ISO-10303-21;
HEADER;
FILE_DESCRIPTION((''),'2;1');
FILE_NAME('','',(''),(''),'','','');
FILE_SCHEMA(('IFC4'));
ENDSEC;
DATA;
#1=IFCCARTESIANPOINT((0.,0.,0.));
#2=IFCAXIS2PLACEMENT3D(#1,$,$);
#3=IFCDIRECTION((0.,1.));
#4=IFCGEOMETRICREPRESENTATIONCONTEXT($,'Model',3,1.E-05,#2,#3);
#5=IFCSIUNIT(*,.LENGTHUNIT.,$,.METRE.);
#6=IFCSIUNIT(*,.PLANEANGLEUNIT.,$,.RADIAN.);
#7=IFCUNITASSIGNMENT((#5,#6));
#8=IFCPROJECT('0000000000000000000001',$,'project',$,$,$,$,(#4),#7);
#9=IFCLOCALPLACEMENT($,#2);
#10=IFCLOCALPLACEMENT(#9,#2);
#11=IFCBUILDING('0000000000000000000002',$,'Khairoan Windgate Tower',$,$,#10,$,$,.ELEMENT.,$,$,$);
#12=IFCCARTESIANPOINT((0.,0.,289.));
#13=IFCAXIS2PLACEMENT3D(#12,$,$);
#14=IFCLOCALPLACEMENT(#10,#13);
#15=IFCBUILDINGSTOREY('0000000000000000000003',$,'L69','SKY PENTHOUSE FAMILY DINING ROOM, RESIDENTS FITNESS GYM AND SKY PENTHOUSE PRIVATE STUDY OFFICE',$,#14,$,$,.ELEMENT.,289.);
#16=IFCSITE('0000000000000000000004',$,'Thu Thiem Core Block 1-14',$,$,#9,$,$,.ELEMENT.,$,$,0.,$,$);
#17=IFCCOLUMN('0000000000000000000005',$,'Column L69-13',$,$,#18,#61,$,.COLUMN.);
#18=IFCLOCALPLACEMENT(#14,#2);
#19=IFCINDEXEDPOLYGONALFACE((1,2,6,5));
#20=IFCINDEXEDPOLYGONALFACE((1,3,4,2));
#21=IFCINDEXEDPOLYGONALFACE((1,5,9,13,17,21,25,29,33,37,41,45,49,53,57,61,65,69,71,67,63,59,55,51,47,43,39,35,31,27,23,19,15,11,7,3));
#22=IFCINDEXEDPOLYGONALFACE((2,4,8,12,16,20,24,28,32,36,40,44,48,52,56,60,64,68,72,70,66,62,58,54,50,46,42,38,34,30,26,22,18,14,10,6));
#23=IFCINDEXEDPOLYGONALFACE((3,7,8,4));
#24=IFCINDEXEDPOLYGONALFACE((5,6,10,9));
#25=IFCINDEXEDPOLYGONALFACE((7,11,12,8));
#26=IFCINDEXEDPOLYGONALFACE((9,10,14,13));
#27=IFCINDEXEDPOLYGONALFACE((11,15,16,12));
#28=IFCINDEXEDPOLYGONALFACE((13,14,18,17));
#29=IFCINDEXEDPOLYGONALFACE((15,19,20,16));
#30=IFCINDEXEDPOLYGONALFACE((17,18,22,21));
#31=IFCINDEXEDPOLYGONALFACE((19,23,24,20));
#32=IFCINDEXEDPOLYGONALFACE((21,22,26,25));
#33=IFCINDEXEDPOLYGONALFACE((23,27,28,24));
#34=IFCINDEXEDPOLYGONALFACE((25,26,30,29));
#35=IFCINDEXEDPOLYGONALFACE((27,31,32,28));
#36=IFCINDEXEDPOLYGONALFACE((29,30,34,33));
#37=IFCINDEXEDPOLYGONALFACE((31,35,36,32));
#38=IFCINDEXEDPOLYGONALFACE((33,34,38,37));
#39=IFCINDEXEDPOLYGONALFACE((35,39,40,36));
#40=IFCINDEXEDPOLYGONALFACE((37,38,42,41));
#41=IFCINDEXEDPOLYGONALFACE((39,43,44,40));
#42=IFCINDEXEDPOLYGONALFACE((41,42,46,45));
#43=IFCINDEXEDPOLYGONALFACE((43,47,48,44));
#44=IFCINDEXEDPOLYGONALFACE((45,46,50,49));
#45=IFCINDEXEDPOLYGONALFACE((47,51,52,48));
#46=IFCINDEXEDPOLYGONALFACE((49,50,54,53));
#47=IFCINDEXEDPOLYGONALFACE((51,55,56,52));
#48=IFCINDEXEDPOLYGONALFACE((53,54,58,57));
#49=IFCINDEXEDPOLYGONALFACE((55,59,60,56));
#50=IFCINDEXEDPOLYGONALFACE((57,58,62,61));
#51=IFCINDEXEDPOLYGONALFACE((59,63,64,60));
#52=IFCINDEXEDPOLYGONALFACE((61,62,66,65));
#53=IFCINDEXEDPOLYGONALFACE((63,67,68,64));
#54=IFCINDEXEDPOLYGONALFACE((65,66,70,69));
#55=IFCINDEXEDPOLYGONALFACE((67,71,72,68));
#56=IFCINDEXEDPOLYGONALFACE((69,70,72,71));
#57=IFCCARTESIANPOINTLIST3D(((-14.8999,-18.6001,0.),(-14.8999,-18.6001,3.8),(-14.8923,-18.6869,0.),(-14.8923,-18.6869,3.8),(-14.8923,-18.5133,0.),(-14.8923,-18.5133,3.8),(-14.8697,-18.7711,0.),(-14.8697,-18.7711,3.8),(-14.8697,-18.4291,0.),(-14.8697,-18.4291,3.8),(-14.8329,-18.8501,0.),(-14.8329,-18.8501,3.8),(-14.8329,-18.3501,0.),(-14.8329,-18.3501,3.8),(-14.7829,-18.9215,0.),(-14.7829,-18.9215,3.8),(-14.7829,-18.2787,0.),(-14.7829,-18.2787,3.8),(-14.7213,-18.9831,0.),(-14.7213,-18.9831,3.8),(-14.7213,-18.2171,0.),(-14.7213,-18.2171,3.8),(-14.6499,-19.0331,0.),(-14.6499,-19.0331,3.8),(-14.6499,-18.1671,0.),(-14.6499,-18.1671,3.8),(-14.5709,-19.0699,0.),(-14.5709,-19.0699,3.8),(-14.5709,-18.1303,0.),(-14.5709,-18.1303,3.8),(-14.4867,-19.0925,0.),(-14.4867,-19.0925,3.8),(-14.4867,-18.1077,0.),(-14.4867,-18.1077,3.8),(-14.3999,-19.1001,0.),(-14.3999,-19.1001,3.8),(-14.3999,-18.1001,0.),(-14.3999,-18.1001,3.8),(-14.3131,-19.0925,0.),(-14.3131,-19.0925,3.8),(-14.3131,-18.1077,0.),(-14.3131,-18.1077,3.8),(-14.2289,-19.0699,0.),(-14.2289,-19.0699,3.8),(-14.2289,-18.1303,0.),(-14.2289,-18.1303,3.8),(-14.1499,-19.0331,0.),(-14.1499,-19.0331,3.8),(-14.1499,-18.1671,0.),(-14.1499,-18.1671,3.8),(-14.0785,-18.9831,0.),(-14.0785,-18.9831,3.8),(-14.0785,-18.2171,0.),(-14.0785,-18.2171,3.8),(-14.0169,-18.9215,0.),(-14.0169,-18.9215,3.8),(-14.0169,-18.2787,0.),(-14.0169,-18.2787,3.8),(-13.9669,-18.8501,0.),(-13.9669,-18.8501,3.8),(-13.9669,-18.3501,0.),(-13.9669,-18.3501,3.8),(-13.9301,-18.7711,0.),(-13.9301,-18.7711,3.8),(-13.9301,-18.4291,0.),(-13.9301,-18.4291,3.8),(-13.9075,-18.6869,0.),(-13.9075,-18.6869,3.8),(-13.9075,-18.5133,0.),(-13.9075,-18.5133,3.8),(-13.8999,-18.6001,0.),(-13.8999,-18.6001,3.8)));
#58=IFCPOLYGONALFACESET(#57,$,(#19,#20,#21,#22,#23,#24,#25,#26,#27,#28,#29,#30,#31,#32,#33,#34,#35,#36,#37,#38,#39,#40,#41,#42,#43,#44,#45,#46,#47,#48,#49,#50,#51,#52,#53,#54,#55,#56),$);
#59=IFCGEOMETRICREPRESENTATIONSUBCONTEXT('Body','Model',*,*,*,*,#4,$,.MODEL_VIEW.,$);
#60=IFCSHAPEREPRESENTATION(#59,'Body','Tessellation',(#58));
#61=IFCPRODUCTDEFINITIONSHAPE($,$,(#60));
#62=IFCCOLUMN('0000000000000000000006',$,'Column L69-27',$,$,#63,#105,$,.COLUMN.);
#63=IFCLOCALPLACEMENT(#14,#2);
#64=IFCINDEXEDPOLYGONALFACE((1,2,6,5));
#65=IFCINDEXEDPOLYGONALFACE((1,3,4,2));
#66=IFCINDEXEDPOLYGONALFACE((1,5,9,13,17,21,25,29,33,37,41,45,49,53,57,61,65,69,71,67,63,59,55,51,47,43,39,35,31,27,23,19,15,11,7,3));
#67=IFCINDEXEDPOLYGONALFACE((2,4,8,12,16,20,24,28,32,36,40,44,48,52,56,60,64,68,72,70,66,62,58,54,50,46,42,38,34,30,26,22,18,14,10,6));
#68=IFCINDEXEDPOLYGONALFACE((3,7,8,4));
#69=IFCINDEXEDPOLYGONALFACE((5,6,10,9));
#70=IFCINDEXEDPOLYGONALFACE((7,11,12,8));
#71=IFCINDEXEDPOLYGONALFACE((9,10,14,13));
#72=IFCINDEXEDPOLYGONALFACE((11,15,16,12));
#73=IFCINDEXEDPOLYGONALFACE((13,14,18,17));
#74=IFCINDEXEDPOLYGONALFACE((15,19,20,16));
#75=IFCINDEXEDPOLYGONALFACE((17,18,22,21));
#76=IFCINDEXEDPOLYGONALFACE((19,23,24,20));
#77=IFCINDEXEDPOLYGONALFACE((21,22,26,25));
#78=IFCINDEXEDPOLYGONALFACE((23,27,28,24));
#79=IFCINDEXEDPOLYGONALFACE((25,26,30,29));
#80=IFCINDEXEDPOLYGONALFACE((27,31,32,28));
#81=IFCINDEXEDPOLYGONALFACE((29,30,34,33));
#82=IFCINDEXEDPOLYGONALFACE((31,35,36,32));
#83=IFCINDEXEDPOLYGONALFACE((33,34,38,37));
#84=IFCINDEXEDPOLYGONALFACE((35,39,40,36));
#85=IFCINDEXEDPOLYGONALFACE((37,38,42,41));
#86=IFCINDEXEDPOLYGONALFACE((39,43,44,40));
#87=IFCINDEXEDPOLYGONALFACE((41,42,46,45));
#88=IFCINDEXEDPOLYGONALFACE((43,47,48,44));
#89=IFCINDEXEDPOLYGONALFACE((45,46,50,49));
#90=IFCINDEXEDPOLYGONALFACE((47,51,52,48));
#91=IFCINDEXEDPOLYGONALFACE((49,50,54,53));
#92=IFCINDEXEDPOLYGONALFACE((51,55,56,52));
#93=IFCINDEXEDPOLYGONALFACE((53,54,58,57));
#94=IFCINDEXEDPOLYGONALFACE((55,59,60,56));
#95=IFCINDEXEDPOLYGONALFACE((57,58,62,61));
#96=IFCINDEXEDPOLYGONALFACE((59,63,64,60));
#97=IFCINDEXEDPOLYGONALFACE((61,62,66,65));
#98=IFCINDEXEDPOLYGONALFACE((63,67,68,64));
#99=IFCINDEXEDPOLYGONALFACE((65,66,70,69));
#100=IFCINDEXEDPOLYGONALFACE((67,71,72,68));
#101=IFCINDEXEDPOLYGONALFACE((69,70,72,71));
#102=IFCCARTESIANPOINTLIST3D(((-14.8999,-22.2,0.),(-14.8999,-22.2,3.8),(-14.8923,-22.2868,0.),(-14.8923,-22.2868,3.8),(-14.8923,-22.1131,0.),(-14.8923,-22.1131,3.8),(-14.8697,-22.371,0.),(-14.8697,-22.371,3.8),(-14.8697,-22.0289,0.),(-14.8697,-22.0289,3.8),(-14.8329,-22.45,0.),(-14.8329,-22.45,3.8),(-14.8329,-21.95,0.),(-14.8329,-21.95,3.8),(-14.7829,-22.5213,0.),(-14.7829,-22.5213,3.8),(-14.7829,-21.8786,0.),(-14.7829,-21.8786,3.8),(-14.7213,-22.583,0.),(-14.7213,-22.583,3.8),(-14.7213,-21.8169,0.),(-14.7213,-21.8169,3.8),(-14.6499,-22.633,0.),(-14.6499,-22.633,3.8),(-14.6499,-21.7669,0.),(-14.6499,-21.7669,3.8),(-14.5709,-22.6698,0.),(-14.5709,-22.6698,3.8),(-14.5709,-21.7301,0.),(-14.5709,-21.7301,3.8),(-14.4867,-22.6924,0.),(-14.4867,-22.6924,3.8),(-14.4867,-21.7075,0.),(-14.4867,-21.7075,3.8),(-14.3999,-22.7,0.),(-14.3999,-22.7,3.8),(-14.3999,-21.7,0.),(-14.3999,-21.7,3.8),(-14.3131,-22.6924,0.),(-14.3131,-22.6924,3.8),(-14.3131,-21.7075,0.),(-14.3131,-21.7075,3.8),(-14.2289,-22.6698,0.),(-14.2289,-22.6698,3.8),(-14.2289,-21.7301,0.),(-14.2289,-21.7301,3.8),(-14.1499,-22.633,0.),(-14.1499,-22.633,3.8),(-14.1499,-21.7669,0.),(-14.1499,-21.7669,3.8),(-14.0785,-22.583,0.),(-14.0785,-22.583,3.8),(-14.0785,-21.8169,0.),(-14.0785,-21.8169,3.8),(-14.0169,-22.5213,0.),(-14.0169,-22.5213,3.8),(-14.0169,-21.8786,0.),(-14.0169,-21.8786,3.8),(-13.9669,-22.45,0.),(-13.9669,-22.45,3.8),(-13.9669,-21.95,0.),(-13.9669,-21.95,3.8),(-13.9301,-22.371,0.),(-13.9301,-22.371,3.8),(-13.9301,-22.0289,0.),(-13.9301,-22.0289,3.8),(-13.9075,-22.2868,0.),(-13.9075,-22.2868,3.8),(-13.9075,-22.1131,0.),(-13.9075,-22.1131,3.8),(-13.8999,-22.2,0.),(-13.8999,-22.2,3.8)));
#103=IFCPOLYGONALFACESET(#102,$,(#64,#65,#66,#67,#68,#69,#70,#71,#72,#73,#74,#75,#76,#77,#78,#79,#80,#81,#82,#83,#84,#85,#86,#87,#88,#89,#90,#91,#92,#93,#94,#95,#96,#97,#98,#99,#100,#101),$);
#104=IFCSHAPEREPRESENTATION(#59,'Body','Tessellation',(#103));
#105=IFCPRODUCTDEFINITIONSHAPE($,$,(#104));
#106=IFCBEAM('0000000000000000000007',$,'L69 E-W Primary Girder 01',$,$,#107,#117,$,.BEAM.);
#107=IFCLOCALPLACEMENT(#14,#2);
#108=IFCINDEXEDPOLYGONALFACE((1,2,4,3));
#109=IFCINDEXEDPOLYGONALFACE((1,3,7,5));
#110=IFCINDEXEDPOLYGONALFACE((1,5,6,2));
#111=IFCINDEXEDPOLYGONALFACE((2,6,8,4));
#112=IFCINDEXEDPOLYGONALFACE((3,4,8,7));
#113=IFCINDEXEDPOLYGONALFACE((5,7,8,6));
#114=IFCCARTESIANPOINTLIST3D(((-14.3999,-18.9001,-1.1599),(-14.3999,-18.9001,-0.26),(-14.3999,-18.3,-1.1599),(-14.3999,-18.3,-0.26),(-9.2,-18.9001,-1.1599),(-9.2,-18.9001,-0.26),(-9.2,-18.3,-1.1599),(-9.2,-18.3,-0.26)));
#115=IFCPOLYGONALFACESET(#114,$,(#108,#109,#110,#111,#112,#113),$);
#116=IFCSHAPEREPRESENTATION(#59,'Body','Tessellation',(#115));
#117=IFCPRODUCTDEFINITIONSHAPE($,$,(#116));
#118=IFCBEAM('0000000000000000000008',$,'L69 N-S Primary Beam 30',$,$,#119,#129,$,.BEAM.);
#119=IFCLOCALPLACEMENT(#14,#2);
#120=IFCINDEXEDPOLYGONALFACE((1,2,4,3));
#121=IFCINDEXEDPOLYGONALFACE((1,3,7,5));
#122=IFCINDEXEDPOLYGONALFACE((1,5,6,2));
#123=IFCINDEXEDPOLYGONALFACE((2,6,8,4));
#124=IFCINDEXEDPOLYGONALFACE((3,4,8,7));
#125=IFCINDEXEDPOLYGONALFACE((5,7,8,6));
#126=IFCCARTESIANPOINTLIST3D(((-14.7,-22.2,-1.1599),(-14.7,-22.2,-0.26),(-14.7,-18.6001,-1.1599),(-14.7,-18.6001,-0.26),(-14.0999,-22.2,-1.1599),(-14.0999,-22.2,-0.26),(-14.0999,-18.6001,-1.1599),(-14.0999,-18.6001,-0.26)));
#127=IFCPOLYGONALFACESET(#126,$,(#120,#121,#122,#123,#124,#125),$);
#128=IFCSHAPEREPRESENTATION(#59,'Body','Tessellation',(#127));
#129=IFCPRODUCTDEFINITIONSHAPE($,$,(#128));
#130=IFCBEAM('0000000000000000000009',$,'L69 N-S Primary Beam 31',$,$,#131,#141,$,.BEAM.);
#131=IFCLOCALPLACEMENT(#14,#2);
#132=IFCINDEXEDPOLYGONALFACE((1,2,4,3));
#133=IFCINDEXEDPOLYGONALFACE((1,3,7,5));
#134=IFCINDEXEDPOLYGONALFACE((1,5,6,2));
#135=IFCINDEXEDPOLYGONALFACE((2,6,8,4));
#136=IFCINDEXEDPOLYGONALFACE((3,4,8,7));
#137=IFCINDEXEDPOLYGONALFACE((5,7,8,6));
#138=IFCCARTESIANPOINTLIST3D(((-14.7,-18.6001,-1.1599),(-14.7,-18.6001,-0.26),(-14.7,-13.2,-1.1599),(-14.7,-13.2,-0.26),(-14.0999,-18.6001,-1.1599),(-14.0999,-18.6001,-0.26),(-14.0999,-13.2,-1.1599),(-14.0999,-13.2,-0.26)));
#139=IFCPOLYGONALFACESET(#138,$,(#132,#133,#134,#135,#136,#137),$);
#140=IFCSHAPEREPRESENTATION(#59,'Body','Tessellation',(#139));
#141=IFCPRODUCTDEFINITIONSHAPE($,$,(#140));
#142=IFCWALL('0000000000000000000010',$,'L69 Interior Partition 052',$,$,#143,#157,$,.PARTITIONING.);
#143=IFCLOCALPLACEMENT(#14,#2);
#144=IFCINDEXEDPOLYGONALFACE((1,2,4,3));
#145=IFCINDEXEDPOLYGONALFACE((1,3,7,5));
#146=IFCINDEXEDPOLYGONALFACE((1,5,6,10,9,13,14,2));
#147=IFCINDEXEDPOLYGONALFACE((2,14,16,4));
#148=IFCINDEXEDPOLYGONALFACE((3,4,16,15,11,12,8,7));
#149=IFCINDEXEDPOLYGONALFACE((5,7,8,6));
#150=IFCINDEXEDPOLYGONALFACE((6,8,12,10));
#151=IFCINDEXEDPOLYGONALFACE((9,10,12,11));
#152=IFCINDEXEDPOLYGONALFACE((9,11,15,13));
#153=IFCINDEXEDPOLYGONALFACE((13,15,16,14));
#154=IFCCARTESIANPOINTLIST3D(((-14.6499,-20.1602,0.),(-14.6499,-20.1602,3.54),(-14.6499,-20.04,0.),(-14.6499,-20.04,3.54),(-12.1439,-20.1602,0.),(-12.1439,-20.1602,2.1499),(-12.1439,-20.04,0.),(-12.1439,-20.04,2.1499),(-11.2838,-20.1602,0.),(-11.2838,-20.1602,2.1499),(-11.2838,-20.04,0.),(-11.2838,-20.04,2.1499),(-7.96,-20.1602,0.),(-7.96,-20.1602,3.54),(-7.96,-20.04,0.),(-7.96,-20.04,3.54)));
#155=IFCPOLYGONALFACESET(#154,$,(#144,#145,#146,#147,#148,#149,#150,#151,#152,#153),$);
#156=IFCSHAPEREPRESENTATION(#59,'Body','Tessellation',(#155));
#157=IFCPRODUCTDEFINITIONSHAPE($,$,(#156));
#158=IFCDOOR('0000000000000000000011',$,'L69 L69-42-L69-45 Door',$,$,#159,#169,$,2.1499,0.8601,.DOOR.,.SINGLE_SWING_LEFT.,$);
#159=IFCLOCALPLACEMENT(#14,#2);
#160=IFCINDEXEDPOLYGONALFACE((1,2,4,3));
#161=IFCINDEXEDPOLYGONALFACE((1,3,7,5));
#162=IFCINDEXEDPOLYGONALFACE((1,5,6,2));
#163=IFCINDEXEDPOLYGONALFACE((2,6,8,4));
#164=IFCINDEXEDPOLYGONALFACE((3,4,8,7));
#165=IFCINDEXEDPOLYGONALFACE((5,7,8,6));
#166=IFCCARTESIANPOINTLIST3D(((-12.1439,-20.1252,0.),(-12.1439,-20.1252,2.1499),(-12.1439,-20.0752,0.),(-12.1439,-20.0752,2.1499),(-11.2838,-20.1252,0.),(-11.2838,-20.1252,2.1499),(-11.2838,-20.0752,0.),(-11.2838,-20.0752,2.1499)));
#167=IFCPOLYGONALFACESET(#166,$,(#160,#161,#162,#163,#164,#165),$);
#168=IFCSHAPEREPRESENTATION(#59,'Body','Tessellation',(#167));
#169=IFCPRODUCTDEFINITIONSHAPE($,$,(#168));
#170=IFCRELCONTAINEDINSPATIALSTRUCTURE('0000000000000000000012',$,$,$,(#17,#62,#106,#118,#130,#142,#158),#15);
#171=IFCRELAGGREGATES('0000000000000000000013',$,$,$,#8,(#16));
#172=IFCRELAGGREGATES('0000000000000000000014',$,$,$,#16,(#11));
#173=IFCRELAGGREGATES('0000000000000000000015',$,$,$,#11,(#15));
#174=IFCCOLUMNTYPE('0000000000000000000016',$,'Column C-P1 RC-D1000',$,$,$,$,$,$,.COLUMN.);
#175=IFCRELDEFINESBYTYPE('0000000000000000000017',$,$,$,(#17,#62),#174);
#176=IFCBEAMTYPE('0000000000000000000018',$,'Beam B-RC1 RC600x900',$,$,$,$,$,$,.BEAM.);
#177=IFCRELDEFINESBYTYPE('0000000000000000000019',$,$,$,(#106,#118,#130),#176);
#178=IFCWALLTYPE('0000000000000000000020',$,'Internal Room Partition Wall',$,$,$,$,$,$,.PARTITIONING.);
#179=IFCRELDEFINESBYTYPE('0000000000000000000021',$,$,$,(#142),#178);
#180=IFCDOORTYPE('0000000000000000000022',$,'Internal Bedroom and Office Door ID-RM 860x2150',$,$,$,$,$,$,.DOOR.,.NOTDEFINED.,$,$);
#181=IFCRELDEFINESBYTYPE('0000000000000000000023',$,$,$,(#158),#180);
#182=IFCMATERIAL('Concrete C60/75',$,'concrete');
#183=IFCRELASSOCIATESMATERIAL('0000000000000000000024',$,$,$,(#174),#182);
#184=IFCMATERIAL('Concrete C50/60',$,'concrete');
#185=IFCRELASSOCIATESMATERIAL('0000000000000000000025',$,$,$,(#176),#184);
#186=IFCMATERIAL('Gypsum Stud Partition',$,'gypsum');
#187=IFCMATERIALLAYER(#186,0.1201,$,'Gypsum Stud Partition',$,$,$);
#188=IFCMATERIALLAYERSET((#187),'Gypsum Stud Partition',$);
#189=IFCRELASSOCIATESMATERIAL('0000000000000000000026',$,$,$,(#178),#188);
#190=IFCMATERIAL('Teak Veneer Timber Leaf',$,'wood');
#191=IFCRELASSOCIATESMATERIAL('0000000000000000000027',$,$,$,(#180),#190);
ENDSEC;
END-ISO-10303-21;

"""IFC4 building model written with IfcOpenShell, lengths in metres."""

from ifc_helpers import new_model, si_unit, direction, frame, frame_2d, origin, origin_2d, place, context, subcontext, project, spatial, rectangle, circle, extrude, material, layer, layer_set, material_profile, profile_set, type_object, element, fill, save


model = new_model("IFC4")

# Units and contexts
model_context = context("Model", 3, precision=1e-05, world=origin(), true_north=direction((0.0, 1.0)))
body_context = subcontext(model_context, "Body", "Model", "MODEL_VIEW")
ifc_project = project(units=[si_unit("LENGTHUNIT", "METRE"), si_unit("PLANEANGLEUNIT", "RADIAN")], contexts=[model_context])

# Site, building, storey
site_placement = place(None, origin())
site = spatial("IfcSite", under=ifc_project, at=site_placement, Name="Thu Thiem Core Block 1-14", CompositionType="ELEMENT", RefElevation=0.0)
building_placement = place(site_placement, origin())
building = spatial("IfcBuilding", under=site, at=building_placement, Name="Khairoan Windgate Tower", CompositionType="ELEMENT")
storey_placement = place(building_placement, frame((0.0, 0.0, 289.0)))
storey = spatial("IfcBuildingStorey", under=building, at=storey_placement, Name="L69", Description="SKY PENTHOUSE FAMILY DINING ROOM, RESIDENTS FITNESS GYM AND SKY PENTHOUSE PRIVATE STUDY OFFICE", CompositionType="ELEMENT", Elevation=289.0)

# Columns
ifc_material_1 = material(Name="Concrete C60/75", Category="concrete")
ifc_material_profile_1 = material_profile(ifc_material_1, circle(Radius=0.5, at=origin_2d()))
ifc_profile_set_1 = profile_set([ifc_material_profile_1], Name="Concrete C60/75")
column_type = type_object("IfcColumnType", Name="Column C-P1 RC-D1000", PredefinedType="COLUMN", material=ifc_profile_set_1)
for number, where, z_axis, x_axis, name in (
    (1, (-14.3999, -18.6001, 0.0), (0.0, 0.0, 1.0), (1.0, 0.0, 0.0), "Column L69-13"),
    (2, (-14.3999, -22.2, 0.0), (0.0, 0.0, 1.0), (1.0, 0.0, 0.0), "Column L69-27"),
):
    element("IfcColumn", number, at=place(storey_placement, frame(where, z_axis=z_axis, x_axis=x_axis)), inside=storey, type_object=column_type, Name=name, PredefinedType="COLUMN", context=body_context, shape_type="SweptSolid", body=[
        extrude(circle(Radius=0.5, at=origin_2d()), origin(), (0.0, 0.0, 1.0), 3.8),
    ])

# Beams
ifc_material_2 = material(Name="Concrete C50/60", Category="concrete")
ifc_material_profile_2 = material_profile(ifc_material_2, rectangle(XDim=0.6001, YDim=0.8999, at=origin_2d()))
ifc_profile_set_2 = profile_set([ifc_material_profile_2], Name="Concrete C50/60")
beam_type = type_object("IfcBeamType", Name="Beam B-RC1 RC600x900", PredefinedType="BEAM", material=ifc_profile_set_2)
beam_1_placement = place(storey_placement, frame((-14.3999, -18.6001, -0.71), z_axis=(1.0, 0.0, 0.0), x_axis=(0.0, 1.0, 0.0)))
element("IfcBeam", 3, at=beam_1_placement, inside=storey, type_object=beam_type, Name="L69 E-W Primary Girder 01", PredefinedType="BEAM", context=body_context, shape_type="SweptSolid", body=[
    extrude(rectangle(XDim=0.6001, YDim=0.8999, at=origin_2d()), origin(), (0.0, 0.0, 1.0), 5.2),
])
beam_2_placement = place(storey_placement, frame((-14.3999, -22.2, -0.71), z_axis=(0.0, 1.0, 0.0), x_axis=(-1.0, 0.0, 0.0)))
element("IfcBeam", 4, at=beam_2_placement, inside=storey, type_object=beam_type, Name="L69 N-S Primary Beam 30", PredefinedType="BEAM", context=body_context, shape_type="SweptSolid", body=[
    extrude(rectangle(XDim=0.6001, YDim=0.8999, at=origin_2d()), origin(), (0.0, 0.0, 1.0), 3.5999),
])
beam_3_placement = place(storey_placement, frame((-14.3999, -18.6001, -0.71), z_axis=(0.0, 1.0, 0.0), x_axis=(-1.0, 0.0, 0.0)))
element("IfcBeam", 5, at=beam_3_placement, inside=storey, type_object=beam_type, Name="L69 N-S Primary Beam 31", PredefinedType="BEAM", context=body_context, shape_type="SweptSolid", body=[
    extrude(rectangle(XDim=0.6001, YDim=0.8999, at=origin_2d()), origin(), (0.0, 0.0, 1.0), 5.4001),
])

# Wall, opening, door
ifc_material_3 = material(Name="Gypsum Stud Partition", Category="gypsum")
ifc_layer_1 = layer(ifc_material_3, 0.1201, Name="Gypsum Stud Partition")
ifc_layer_set_1 = layer_set([ifc_layer_1], Name="Gypsum Stud Partition")
wall_type_1 = type_object("IfcWallType", Name="Internal Room Partition Wall", PredefinedType="PARTITIONING", material=ifc_layer_set_1)
wall_1_placement = place(storey_placement, frame((-14.6499, -20.1001, 0.0), z_axis=(0.0, 0.0, 1.0), x_axis=(1.0, 0.0, 0.0)))
wall_1 = element("IfcWall", 6, at=wall_1_placement, inside=storey, type_object=wall_type_1, Name="L69 Interior Partition 052", PredefinedType="PARTITIONING", context=body_context, shape_type="SweptSolid", body=[
    extrude(rectangle(XDim=6.6899, YDim=0.1201, at=frame_2d((3.345, 0.0))), origin(), (0.0, 0.0, 1.0), 3.54),
])
opening_1_placement = place(wall_1_placement, frame((2.5059, 0.0, 0.0)))
opening_1 = element("IfcOpeningElement", 7, at=opening_1_placement, cuts=wall_1, PredefinedType="OPENING", context=body_context, shape_type="SweptSolid", body=[
    extrude(rectangle(XDim=0.8601, YDim=2.1499, at=frame_2d((0.4302, 1.075))), frame((0.0, 0.0701, 0.0), z_axis=(0.0, -1.0, 0.0), x_axis=(1.0, 0.0, 0.0)), (0.0, 0.0, 1.0), 0.1401),
])
ifc_material_4 = material(Name="Teak Veneer Timber Leaf", Category="wood")
door_type_1 = type_object("IfcDoorType", Name="Internal Bedroom and Office Door ID-RM 860x2150", OperationType="NOTDEFINED", PredefinedType="DOOR", material=ifc_material_4)
door_1_placement = place(opening_1_placement, origin())
door_1 = element("IfcDoor", 8, at=door_1_placement, inside=storey, type_object=door_type_1, Name="L69 L69-42-L69-45 Door", OperationType="SINGLE_SWING_LEFT", OverallHeight=2.1499, OverallWidth=0.8601, PredefinedType="DOOR", context=body_context, shape_type="SweptSolid", body=[
    extrude(rectangle(XDim=0.8601, YDim=2.1499, at=frame_2d((0.4302, 1.075))), frame((0.0, 0.0249, 0.0), z_axis=(0.0, -1.0, 0.0), x_axis=(1.0, 0.0, 0.0)), (0.0, 0.0, 1.0), 0.05),
])
fill(opening_1, door_1)

save(model, "model.ifc")
